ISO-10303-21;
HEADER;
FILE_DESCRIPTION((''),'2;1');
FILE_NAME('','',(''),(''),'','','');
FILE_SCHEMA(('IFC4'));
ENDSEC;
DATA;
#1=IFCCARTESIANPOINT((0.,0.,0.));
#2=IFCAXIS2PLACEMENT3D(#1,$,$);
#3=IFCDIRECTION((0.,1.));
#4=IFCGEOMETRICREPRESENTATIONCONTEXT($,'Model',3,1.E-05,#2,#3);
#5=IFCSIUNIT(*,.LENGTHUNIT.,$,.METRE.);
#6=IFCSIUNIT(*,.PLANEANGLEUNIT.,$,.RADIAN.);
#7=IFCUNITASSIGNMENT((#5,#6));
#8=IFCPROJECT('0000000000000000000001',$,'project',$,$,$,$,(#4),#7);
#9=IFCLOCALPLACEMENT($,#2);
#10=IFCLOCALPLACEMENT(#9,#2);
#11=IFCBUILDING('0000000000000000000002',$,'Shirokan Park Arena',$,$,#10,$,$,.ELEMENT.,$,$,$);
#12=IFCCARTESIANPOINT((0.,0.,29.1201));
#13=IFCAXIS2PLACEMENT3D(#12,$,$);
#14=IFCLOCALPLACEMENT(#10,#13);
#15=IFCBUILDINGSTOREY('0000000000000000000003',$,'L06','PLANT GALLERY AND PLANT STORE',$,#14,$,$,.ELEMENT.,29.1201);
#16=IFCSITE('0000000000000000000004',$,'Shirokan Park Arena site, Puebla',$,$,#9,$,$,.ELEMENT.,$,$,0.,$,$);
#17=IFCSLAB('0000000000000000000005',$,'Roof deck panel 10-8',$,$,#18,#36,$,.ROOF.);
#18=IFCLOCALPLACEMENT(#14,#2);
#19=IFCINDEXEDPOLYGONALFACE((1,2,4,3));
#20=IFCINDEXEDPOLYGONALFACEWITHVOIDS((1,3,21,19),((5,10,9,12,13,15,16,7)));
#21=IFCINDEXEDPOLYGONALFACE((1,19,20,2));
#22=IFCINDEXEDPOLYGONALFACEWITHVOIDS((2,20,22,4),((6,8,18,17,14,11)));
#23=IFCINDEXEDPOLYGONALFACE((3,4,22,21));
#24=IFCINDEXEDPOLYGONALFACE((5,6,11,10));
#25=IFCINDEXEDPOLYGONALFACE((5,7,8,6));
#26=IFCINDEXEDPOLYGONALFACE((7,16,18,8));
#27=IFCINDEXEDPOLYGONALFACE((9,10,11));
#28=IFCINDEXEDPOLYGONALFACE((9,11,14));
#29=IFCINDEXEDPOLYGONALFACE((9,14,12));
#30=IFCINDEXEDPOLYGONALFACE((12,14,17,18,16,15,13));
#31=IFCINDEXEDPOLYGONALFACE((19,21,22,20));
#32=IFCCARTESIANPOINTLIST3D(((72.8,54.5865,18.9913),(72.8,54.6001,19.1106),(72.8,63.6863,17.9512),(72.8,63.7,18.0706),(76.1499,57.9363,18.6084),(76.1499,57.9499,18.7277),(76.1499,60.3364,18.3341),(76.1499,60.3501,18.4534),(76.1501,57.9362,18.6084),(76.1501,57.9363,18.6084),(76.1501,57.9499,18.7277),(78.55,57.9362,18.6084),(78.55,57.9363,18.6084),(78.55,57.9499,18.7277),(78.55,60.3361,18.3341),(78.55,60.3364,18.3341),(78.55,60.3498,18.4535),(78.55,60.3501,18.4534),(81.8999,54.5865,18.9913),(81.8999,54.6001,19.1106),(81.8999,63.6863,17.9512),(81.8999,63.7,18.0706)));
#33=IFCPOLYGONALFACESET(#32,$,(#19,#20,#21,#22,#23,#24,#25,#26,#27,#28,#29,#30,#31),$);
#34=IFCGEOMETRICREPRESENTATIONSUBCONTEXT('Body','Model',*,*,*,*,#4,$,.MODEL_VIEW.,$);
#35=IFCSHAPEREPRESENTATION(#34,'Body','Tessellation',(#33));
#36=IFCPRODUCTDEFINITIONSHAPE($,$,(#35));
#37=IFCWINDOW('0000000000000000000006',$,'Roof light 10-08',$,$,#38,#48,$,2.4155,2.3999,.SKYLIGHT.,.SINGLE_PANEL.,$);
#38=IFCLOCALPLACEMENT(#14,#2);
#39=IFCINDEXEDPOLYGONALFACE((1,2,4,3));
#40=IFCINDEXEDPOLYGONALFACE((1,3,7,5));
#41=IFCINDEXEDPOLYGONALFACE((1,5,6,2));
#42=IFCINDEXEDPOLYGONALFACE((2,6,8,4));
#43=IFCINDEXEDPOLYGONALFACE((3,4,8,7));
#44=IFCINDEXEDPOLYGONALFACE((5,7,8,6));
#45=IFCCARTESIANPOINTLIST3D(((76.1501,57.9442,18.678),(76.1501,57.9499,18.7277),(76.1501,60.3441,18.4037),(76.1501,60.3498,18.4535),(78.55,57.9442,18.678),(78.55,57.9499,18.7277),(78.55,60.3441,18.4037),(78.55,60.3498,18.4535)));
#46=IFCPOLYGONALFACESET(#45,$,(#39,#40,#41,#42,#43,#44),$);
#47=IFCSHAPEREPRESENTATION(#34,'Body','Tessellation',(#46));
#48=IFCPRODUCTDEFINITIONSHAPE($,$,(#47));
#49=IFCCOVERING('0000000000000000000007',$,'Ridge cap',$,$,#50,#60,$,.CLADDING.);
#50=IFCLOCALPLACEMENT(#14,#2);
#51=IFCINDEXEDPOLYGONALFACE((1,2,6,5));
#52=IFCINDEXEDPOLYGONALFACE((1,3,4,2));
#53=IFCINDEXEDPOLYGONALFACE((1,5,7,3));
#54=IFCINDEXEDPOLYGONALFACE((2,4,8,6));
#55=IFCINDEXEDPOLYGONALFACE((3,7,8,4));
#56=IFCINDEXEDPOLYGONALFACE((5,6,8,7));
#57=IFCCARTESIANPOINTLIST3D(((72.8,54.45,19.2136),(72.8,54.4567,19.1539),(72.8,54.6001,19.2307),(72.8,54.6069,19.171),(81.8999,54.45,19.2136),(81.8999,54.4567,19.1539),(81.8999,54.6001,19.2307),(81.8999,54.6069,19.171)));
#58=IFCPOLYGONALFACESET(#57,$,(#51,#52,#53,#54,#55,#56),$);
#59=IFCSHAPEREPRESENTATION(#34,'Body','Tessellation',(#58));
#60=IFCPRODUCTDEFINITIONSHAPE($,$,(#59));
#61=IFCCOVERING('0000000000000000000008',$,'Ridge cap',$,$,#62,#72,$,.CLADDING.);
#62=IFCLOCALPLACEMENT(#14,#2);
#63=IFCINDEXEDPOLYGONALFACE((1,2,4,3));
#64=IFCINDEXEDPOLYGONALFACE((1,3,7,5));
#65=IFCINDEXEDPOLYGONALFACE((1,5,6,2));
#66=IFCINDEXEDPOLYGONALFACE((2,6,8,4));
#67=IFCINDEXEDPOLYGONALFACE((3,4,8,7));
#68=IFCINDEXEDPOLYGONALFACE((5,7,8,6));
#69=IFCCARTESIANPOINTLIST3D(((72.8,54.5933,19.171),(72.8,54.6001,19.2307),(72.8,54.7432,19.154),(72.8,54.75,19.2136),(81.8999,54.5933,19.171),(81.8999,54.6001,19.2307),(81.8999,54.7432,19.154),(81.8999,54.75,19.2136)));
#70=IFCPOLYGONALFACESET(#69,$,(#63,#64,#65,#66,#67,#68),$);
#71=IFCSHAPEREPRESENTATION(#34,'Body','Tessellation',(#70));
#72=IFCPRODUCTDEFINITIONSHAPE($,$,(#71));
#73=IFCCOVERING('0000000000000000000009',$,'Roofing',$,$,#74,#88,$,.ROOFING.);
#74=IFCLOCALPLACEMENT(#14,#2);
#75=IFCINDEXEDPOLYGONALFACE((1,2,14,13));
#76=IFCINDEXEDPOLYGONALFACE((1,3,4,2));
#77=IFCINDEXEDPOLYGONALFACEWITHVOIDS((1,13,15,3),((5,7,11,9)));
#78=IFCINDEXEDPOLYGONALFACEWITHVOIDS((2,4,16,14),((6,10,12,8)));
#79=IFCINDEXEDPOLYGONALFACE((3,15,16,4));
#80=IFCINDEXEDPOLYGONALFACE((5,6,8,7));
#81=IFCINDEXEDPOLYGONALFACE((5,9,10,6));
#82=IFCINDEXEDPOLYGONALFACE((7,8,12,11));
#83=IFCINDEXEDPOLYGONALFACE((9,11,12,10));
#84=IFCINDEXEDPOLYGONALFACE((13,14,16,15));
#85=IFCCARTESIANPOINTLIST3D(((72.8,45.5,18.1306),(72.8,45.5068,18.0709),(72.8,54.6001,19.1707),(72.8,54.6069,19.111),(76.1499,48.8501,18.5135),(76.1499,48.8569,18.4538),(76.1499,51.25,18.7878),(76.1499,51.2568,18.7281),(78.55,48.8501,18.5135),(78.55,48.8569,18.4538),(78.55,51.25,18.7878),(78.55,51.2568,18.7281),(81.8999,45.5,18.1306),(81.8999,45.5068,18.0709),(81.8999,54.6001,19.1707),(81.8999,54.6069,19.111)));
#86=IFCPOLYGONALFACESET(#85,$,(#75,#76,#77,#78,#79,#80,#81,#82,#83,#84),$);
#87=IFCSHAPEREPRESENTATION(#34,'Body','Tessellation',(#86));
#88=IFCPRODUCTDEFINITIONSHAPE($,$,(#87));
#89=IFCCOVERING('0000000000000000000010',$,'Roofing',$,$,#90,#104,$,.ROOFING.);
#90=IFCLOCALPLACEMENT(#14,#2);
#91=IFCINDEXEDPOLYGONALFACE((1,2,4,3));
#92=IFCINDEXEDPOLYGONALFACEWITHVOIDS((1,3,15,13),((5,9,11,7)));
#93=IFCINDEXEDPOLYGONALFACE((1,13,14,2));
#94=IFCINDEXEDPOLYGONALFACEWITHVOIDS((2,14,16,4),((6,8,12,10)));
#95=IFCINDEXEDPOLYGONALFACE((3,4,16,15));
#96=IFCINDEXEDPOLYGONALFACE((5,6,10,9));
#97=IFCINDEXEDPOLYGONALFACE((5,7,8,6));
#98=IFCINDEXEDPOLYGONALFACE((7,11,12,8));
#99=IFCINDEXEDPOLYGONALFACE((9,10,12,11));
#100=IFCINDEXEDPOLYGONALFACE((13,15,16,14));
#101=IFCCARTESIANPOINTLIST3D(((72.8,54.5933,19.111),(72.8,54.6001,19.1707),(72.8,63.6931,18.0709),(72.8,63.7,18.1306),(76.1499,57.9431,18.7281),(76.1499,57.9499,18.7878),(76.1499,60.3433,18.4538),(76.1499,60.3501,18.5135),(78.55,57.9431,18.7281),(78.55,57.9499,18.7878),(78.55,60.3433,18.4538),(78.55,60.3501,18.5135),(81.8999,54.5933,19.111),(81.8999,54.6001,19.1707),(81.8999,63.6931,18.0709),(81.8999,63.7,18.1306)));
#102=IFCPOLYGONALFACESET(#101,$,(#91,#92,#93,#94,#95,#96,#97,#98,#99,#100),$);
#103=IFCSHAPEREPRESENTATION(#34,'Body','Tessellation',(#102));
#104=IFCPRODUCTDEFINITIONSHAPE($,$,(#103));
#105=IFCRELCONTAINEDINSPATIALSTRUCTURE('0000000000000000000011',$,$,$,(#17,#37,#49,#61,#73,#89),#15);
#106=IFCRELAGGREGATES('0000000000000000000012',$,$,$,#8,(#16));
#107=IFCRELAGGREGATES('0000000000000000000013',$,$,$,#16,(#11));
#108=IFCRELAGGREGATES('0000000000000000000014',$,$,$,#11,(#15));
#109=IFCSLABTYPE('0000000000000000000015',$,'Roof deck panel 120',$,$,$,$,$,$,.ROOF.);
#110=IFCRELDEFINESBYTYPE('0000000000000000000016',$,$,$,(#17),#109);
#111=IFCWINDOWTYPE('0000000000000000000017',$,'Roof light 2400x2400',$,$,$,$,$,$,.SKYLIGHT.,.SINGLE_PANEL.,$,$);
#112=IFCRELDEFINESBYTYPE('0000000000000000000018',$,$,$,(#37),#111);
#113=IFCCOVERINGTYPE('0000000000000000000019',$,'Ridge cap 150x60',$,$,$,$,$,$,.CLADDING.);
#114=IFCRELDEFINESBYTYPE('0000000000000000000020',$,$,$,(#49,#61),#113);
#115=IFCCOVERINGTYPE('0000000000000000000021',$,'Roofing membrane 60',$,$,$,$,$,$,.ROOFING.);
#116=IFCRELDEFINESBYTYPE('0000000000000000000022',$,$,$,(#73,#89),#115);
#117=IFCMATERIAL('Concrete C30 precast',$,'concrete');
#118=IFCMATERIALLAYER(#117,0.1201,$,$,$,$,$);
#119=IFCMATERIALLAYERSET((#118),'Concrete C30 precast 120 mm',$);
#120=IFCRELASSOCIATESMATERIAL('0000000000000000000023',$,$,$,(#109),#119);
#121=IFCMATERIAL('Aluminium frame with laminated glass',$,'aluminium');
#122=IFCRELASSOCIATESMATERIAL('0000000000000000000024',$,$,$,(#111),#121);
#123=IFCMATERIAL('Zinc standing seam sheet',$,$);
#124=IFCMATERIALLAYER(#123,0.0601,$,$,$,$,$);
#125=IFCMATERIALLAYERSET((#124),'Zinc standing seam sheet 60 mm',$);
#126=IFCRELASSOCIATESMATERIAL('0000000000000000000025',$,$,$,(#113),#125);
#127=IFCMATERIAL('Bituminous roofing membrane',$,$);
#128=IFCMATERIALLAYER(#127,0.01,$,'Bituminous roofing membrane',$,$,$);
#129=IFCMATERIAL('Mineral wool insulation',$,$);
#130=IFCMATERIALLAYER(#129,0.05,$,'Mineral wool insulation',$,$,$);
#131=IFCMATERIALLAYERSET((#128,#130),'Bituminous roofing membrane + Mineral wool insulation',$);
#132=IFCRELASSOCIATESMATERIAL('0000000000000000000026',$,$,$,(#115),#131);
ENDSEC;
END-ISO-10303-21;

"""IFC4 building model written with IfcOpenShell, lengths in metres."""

from ifc_helpers import new_model, si_unit, direction, frame, origin, origin_2d, place, context, subcontext, project, spatial, polyline, rectangle, outline, extrude, material, layer, layer_set, type_object, element, fill, save


model = new_model("IFC4")

# Units and contexts
model_context = context("Model", 3, precision=1e-05, world=origin(), true_north=direction((0.0, 1.0)))
body_context = subcontext(model_context, "Body", "Model", "MODEL_VIEW")
ifc_project = project(units=[si_unit("LENGTHUNIT", "METRE"), si_unit("PLANEANGLEUNIT", "RADIAN")], contexts=[model_context])

# Site, building, storey
site_placement = place(None, origin())
site = spatial("IfcSite", under=ifc_project, at=site_placement, Name="Shirokan Park Arena site, Puebla", CompositionType="ELEMENT", RefElevation=0.0)
building_placement = place(site_placement, origin())
building = spatial("IfcBuilding", under=site, at=building_placement, Name="Shirokan Park Arena", CompositionType="ELEMENT")
storey_placement = place(building_placement, frame((0.0, 0.0, 29.1201)))
storey = spatial("IfcBuildingStorey", under=building, at=storey_placement, Name="L06", Description="PLANT GALLERY AND PLANT STORE", CompositionType="ELEMENT", Elevation=29.1201)

# Slab, opening, window
ifc_material_1 = material(Name="Concrete C30 precast", Category="concrete")
ifc_layer_1 = layer(ifc_material_1, 0.1201)
ifc_layer_set_1 = layer_set([ifc_layer_1], Name="Concrete C30 precast 120 mm")
slab_type = type_object("IfcSlabType", Name="Roof deck panel 120", PredefinedType="ROOF", material=ifc_layer_set_1)
slab_placement = place(storey_placement, frame((72.8, 54.6001, 19.1106), z_axis=(0.0, 0.113553, 0.993532), x_axis=(1.0, 0.0, 0.0)))
slab = element("IfcSlab", 1, at=slab_placement, inside=storey, type_object=slab_type, Name="Roof deck panel 10-8", PredefinedType="ROOF", context=body_context, shape_type="SweptSolid", body=[
    extrude(outline(polyline([(0.0, 0.0), (9.0999, 0.0), (9.0999, 9.1591), (0.0, 9.1591), (0.0, 0.0)]), holes=[polyline([(3.3499, 3.3717), (5.75, 3.3717), (5.75, 5.7874), (3.3499, 5.7874), (3.3499, 3.3717)])]), origin(), (0.0, 0.0, -1.0), 0.1201),
])
opening_placement = place(slab_placement, frame((4.55, 4.5793, 0.01)))
opening = element("IfcOpeningElement", 2, at=opening_placement, cuts=slab, PredefinedType="OPENING", context=body_context, shape_type="SweptSolid", body=[
    extrude(rectangle(XDim=2.3999, YDim=2.4155, at=origin_2d()), origin(), (0.0, 0.0, -1.0), 0.1399),
])
ifc_material_2 = material(Name="Aluminium frame with laminated glass", Category="aluminium")
window_type = type_object("IfcWindowType", Name="Roof light 2400x2400", PartitioningType="SINGLE_PANEL", PredefinedType="SKYLIGHT", material=ifc_material_2)
window_placement = place(opening_placement, frame((0.0, 0.0, -0.0601)))
window = element("IfcWindow", 3, at=window_placement, inside=storey, type_object=window_type, Name="Roof light 10-08", OverallHeight=2.4155, OverallWidth=2.3999, PartitioningType="SINGLE_PANEL", PredefinedType="SKYLIGHT", context=body_context, shape_type="SweptSolid", body=[
    extrude(rectangle(XDim=2.3999, YDim=2.4155, at=origin_2d()), origin(), (0.0, 0.0, 1.0), 0.05),
])
fill(opening, window)

# Coverings
ifc_material_3 = material(Name="Zinc standing seam sheet")
ifc_layer_2 = layer(ifc_material_3, 0.0601)
ifc_layer_set_2 = layer_set([ifc_layer_2], Name="Zinc standing seam sheet 60 mm")
covering_type_1 = type_object("IfcCoveringType", Name="Ridge cap 150x60", PredefinedType="CLADDING", material=ifc_layer_set_2)
covering_1_placement = place(storey_placement, frame((72.8, 54.45, 19.2136), z_axis=(0.0, -0.113091, 0.993585), x_axis=(1.0, 0.0, 0.0)))
element("IfcCovering", 4, at=covering_1_placement, inside=storey, type_object=covering_type_1, Name="Ridge cap", PredefinedType="CLADDING", context=body_context, shape_type="SweptSolid", body=[
    extrude(outline(polyline([(0.0, 0.0), (9.0999, 0.0), (9.0999, 0.1511), (0.0, 0.1511), (0.0, 0.0)])), origin(), (0.0, 0.0, -1.0), 0.0601),
])
covering_2_placement = place(storey_placement, frame((72.8, 54.6001, 19.2307), z_axis=(0.0, 0.113273, 0.993564), x_axis=(1.0, 0.0, 0.0)))
element("IfcCovering", 5, at=covering_2_placement, inside=storey, type_object=covering_type_1, Name="Ridge cap", PredefinedType="CLADDING", context=body_context, shape_type="SweptSolid", body=[
    extrude(outline(polyline([(0.0, 0.0), (9.0999, 0.0), (9.0999, 0.1509), (0.0, 0.1509), (0.0, 0.0)])), origin(), (0.0, 0.0, -1.0), 0.0601),
])
ifc_material_4 = material(Name="Bituminous roofing membrane")
ifc_layer_3 = layer(ifc_material_4, 0.01, Name="Bituminous roofing membrane")
ifc_material_5 = material(Name="Mineral wool insulation")
ifc_layer_4 = layer(ifc_material_5, 0.05, Name="Mineral wool insulation")
ifc_layer_set_3 = layer_set([ifc_layer_3, ifc_layer_4], Name="Bituminous roofing membrane + Mineral wool insulation")
covering_type_2 = type_object("IfcCoveringType", Name="Roofing membrane 60", PredefinedType="ROOFING", material=ifc_layer_set_3)
covering_3_placement = place(storey_placement, frame((72.8, 45.5, 18.1306), z_axis=(0.0, -0.11355, 0.993532), x_axis=(1.0, 0.0, 0.0)))
element("IfcCovering", 6, at=covering_3_placement, inside=storey, type_object=covering_type_2, Name="Roofing", PredefinedType="ROOFING", context=body_context, shape_type="SweptSolid", body=[
    extrude(outline(polyline([(0.0, 0.0), (9.0999, 0.0), (9.0999, 9.1593), (0.0, 9.1593), (0.0, 0.0)]), holes=[polyline([(5.75, 3.3719), (5.75, 5.7874), (3.3499, 5.7874), (3.3499, 3.3719), (5.75, 3.3719)])]), origin(), (0.0, 0.0, -1.0), 0.0601),
])
covering_4_placement = place(storey_placement, frame((72.8, 54.6001, 19.1707), z_axis=(0.0, 0.113553, 0.993532), x_axis=(1.0, 0.0, 0.0)))
element("IfcCovering", 7, at=covering_4_placement, inside=storey, type_object=covering_type_2, Name="Roofing", PredefinedType="ROOFING", context=body_context, shape_type="SweptSolid", body=[
    extrude(outline(polyline([(0.0, 0.0), (9.0999, 0.0), (9.0999, 9.1591), (0.0, 9.1591), (0.0, 0.0)]), holes=[polyline([(5.75, 3.3717), (5.75, 5.7874), (3.3499, 5.7874), (3.3499, 3.3717), (5.75, 3.3717)])]), origin(), (0.0, 0.0, -1.0), 0.0601),
])

save(model, "model.ifc")
